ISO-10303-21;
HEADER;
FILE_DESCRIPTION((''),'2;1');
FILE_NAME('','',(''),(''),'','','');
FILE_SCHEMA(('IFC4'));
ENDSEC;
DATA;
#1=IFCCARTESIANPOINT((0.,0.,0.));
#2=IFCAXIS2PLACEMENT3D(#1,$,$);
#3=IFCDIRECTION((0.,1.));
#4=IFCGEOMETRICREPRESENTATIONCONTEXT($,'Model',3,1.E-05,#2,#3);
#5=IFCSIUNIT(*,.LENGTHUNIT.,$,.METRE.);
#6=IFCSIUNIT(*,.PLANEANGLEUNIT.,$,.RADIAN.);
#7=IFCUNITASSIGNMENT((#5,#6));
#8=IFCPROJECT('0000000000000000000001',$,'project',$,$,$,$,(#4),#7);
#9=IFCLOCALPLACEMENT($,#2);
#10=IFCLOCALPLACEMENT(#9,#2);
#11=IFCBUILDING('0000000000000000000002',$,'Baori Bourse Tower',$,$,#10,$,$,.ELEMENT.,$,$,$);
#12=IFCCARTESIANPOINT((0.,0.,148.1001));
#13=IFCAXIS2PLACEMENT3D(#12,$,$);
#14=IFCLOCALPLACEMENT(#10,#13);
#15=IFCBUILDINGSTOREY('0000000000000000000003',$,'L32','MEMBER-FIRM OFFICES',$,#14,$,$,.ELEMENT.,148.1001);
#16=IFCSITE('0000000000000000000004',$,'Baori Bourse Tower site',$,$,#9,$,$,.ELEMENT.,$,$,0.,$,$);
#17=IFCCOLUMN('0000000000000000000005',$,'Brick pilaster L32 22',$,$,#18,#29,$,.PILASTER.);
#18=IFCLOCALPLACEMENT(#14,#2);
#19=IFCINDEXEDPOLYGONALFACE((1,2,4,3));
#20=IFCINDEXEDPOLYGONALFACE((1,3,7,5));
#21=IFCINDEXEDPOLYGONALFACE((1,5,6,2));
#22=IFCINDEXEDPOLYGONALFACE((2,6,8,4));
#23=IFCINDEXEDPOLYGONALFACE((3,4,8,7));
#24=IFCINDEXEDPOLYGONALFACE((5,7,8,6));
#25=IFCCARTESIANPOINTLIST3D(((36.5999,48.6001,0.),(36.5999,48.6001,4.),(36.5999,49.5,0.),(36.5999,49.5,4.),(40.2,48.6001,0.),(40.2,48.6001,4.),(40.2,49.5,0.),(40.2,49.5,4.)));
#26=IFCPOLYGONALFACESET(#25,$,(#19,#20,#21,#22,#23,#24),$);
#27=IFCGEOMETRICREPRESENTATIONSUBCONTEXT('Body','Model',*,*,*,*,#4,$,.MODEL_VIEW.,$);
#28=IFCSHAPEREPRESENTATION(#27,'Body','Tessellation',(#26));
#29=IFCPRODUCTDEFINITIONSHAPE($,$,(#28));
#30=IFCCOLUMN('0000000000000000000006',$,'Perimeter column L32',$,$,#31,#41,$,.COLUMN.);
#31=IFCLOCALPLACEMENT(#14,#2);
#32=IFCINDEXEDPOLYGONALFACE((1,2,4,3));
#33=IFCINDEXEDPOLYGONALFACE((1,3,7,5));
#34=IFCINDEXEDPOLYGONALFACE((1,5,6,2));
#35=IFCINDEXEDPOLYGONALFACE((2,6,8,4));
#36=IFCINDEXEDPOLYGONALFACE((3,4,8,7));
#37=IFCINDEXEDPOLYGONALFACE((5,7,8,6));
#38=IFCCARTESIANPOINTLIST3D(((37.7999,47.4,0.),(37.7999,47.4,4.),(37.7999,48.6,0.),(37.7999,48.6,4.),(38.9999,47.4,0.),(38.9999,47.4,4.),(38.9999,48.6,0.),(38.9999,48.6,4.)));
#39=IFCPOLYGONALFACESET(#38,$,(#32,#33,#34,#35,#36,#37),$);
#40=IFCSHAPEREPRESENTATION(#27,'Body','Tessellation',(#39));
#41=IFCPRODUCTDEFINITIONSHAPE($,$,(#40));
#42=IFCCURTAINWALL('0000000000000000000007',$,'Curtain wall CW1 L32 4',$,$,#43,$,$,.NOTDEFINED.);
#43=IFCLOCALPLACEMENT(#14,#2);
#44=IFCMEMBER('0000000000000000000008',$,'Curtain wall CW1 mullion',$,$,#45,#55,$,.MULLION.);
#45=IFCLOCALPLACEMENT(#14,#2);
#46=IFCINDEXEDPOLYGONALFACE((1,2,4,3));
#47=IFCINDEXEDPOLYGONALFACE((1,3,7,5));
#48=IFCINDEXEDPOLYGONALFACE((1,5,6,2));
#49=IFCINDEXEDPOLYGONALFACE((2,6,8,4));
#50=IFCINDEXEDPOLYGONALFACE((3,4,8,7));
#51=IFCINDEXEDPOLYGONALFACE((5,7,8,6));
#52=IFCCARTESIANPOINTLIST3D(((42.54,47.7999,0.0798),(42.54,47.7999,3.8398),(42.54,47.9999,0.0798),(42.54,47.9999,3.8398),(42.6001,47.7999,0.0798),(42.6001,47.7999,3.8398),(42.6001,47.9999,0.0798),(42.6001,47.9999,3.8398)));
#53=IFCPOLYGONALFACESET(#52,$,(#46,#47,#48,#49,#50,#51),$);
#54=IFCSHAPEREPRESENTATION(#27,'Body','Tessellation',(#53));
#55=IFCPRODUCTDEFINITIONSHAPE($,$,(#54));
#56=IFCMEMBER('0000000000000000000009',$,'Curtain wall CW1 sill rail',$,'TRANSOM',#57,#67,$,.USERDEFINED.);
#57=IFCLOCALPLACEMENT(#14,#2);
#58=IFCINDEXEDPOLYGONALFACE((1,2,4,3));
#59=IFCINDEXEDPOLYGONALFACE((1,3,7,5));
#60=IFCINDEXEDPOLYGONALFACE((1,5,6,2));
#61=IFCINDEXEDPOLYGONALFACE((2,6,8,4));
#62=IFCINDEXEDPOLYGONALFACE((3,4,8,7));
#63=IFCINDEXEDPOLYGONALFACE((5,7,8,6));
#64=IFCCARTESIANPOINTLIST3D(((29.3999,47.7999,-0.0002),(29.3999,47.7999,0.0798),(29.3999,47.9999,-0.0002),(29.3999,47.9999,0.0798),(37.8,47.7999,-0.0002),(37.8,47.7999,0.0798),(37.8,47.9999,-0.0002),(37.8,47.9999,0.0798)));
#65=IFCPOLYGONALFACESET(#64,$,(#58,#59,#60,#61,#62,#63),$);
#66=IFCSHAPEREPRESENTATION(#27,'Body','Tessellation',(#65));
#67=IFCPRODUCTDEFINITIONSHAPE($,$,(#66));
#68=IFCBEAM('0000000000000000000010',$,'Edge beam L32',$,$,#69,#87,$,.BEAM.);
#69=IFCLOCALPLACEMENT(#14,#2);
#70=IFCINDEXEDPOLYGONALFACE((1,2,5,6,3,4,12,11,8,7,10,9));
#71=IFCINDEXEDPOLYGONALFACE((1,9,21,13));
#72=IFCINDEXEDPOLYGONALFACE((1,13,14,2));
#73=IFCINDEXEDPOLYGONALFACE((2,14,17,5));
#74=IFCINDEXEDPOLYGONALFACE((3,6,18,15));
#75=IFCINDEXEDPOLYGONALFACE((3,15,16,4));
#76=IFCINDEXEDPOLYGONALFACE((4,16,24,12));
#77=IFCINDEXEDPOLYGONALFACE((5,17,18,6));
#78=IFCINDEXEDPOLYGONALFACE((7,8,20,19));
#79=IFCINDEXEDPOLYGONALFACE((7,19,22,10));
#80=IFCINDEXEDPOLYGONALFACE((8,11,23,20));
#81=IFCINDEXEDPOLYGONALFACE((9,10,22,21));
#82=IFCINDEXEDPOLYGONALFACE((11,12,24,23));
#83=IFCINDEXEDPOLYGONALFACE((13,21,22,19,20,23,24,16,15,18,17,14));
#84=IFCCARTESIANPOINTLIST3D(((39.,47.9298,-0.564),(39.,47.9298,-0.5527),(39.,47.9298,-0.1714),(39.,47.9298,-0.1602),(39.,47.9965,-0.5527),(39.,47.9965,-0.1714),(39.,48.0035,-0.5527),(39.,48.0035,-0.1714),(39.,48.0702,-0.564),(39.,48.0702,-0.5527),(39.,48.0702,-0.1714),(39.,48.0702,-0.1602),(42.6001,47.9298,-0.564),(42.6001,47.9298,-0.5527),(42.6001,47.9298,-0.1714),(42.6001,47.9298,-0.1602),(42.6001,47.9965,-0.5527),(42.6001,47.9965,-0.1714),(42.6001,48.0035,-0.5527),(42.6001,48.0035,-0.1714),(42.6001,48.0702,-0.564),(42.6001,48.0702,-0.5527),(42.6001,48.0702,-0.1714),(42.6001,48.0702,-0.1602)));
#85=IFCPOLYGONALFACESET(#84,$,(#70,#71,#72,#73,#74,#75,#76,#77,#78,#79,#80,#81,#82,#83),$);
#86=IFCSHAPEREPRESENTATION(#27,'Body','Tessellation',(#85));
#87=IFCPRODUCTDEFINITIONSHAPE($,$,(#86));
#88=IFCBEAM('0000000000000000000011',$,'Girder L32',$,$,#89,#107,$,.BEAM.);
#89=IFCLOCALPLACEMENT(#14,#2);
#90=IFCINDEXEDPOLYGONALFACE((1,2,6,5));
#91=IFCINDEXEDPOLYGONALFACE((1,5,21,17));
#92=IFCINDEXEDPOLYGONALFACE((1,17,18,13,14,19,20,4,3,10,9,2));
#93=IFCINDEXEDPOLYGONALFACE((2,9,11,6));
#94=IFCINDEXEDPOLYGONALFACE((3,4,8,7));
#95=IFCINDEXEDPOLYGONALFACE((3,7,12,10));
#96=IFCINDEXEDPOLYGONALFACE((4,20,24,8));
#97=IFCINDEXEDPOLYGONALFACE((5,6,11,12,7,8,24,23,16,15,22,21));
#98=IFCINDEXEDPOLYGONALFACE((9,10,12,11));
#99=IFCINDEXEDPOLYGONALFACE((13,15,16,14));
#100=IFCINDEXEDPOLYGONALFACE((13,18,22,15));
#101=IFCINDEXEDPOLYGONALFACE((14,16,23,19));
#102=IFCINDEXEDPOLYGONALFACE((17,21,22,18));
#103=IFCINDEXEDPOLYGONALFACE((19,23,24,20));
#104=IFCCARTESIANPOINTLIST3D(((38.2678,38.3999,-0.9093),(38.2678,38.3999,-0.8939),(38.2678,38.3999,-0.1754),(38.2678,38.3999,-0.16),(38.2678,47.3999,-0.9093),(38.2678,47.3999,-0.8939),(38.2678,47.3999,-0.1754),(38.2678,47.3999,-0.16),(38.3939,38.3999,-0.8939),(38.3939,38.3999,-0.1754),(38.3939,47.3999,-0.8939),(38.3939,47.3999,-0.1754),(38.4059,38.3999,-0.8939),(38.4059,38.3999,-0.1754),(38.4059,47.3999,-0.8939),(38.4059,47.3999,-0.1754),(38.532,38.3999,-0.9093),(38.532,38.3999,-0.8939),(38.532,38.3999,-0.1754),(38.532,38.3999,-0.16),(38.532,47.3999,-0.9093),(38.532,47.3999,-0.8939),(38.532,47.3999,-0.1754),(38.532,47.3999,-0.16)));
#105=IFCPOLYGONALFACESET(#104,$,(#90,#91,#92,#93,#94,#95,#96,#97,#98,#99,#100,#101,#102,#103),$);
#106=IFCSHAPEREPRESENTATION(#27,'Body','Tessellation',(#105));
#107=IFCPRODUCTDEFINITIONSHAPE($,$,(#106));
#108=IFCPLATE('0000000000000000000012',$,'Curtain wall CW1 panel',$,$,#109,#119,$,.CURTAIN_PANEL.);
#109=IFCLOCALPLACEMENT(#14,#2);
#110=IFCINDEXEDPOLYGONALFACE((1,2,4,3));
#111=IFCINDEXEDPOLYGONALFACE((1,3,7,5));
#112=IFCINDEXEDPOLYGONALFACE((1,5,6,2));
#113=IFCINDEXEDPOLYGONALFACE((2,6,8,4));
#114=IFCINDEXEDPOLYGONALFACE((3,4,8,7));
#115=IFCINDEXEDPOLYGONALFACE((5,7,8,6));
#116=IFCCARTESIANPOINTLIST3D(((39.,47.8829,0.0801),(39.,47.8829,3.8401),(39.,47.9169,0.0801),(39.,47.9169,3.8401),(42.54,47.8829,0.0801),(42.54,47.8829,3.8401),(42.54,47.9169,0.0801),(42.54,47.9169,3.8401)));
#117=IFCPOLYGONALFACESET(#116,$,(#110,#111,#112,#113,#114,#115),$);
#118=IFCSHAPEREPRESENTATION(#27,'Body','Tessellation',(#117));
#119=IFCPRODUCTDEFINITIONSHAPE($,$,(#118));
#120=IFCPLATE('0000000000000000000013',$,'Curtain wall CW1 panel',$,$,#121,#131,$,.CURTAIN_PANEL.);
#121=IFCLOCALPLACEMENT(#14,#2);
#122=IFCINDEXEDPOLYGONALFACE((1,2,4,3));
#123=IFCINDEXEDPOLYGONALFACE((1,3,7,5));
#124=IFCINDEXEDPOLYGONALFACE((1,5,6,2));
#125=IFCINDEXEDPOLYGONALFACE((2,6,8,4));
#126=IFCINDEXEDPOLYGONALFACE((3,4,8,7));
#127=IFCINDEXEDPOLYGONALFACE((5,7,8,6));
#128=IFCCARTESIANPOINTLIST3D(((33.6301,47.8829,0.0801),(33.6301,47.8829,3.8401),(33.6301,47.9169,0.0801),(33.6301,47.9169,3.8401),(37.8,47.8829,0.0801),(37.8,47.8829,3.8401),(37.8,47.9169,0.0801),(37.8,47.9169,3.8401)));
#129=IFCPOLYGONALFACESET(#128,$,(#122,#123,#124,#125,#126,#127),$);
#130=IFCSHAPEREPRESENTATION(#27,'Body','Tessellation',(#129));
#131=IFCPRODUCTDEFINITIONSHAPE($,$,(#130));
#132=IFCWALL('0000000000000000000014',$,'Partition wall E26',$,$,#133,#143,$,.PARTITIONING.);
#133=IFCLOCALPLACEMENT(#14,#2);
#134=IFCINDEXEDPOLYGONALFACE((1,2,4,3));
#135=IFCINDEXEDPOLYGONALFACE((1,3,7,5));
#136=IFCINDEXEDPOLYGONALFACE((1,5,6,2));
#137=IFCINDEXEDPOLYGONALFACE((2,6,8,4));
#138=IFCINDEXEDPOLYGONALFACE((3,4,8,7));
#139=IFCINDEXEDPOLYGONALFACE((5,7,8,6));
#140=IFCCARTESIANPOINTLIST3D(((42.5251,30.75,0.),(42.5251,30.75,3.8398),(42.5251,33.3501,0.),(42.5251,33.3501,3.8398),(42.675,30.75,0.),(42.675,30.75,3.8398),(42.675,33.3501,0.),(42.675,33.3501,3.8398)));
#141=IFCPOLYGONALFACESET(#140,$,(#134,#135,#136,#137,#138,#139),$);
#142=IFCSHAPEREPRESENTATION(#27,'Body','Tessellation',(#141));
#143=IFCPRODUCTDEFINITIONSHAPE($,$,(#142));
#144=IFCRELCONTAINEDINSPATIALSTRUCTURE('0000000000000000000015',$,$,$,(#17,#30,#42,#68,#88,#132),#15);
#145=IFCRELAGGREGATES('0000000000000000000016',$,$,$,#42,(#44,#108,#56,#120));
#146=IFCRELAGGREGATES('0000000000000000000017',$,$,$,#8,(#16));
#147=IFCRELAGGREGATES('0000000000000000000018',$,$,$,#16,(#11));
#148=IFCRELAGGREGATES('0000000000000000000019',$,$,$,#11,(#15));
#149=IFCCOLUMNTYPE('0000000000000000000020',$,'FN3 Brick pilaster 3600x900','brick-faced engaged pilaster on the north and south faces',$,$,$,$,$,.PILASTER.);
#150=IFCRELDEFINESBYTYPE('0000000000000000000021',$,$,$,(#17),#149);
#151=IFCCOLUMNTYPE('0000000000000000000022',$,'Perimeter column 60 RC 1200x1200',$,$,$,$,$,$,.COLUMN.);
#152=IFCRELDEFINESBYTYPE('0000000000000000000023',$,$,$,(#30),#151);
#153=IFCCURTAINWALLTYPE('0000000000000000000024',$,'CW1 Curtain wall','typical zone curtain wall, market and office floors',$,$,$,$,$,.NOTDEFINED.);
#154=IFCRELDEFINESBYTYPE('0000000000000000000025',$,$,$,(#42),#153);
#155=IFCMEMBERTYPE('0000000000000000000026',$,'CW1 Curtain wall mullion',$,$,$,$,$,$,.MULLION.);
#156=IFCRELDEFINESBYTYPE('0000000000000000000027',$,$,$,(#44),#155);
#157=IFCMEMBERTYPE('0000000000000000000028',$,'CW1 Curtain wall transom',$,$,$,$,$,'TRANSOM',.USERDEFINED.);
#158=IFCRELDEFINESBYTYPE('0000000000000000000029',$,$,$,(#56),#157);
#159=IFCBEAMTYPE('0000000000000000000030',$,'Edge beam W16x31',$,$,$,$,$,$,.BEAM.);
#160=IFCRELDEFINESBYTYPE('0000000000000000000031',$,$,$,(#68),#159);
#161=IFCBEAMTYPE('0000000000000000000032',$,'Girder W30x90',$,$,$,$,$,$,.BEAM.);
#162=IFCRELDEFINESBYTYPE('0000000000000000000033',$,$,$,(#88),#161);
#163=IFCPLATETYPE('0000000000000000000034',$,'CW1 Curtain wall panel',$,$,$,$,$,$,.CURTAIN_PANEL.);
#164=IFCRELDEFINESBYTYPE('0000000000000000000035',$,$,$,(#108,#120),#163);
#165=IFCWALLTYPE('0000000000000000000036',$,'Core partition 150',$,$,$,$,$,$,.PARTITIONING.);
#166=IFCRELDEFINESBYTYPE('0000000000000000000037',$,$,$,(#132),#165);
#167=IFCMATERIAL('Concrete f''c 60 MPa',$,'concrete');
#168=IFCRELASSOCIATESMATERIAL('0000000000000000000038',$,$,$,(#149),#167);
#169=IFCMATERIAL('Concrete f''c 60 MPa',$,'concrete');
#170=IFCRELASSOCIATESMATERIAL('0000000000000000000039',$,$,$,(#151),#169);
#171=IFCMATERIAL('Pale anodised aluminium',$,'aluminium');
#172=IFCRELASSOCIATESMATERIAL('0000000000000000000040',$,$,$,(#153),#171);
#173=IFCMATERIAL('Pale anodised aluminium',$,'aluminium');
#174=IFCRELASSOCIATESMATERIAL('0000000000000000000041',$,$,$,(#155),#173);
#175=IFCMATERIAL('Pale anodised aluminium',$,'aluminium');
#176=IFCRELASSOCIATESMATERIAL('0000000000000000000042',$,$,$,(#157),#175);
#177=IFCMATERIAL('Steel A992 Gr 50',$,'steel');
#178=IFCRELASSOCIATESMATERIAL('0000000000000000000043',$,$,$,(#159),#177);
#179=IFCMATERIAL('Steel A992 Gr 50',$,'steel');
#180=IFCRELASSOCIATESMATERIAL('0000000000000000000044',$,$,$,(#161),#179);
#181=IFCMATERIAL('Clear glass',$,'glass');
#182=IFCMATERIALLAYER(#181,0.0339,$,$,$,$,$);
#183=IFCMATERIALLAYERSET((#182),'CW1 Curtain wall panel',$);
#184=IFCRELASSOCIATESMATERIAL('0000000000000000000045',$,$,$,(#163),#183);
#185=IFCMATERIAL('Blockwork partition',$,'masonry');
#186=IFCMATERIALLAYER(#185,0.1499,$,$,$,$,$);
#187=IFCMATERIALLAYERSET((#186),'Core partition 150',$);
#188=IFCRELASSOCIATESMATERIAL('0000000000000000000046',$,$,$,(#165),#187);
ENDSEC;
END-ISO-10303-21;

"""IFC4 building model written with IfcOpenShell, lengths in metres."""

from ifc_helpers import new_model, si_unit, direction, frame, frame_2d, origin, origin_2d, place, context, subcontext, project, spatial, rectangle, i_section, extrude, material, layer, layer_set, material_profile, profile_set, type_object, element, aggregate, save


model = new_model("IFC4")

# Units and contexts
model_context = context("Model", 3, precision=1e-05, world=origin(), true_north=direction((0.0, 1.0)))
body_context = subcontext(model_context, "Body", "Model", "MODEL_VIEW")
ifc_project = project(units=[si_unit("LENGTHUNIT", "METRE"), si_unit("PLANEANGLEUNIT", "RADIAN")], contexts=[model_context])

# Site, building, storey
site_placement = place(None, origin())
site = spatial("IfcSite", under=ifc_project, at=site_placement, Name="Baori Bourse Tower site", CompositionType="ELEMENT", RefElevation=0.0)
building_placement = place(site_placement, origin())
building = spatial("IfcBuilding", under=site, at=building_placement, Name="Baori Bourse Tower", CompositionType="ELEMENT")
storey_placement = place(building_placement, frame((0.0, 0.0, 148.1001)))
storey = spatial("IfcBuildingStorey", under=building, at=storey_placement, Name="L32", Description="MEMBER-FIRM OFFICES", CompositionType="ELEMENT", Elevation=148.1001)

# Columns
ifc_material_1 = material(Name="Concrete f'c 60 MPa", Category="concrete")
ifc_material_profile_1 = material_profile(ifc_material_1, rectangle(XDim=3.6001, YDim=0.8999, at=origin_2d()), Name="RC 3600x900")
ifc_profile_set_1 = profile_set([ifc_material_profile_1], Name="Concrete f'c 60 MPa")
column_type_1 = type_object("IfcColumnType", Name="FN3 Brick pilaster 3600x900", Description="brick-faced engaged pilaster on the north and south faces", PredefinedType="PILASTER", material=ifc_profile_set_1)
column_1_placement = place(storey_placement, frame((38.3999, 49.05, 0.0), z_axis=(0.0, 0.0, 1.0), x_axis=(1.0, 0.0, 0.0)))
element("IfcColumn", 1, at=column_1_placement, inside=storey, type_object=column_type_1, Name="Brick pilaster L32 22", PredefinedType="PILASTER", context=body_context, shape_type="SweptSolid", body=[
    extrude(rectangle(XDim=3.6001, YDim=0.8999, at=origin_2d()), origin(), (0.0, 0.0, 1.0), 4.0),
])
ifc_material_2 = material(Name="Concrete f'c 60 MPa", Category="concrete")
ifc_material_profile_2 = material_profile(ifc_material_2, rectangle(XDim=1.2, YDim=1.2, at=origin_2d()), Name="RC 1200x1200")
ifc_profile_set_2 = profile_set([ifc_material_profile_2], Name="Concrete f'c 60 MPa")
column_type_2 = type_object("IfcColumnType", Name="Perimeter column 60 RC 1200x1200", PredefinedType="COLUMN", material=ifc_profile_set_2)
column_2_placement = place(storey_placement, frame((38.3999, 48.0, 0.0), z_axis=(0.0, 0.0, 1.0), x_axis=(1.0, 0.0, 0.0)))
element("IfcColumn", 2, at=column_2_placement, inside=storey, type_object=column_type_2, Name="Perimeter column L32", PredefinedType="COLUMN", context=body_context, shape_type="SweptSolid", body=[
    extrude(rectangle(XDim=1.2, YDim=1.2, at=origin_2d()), origin(), (0.0, 0.0, 1.0), 4.0),
])

# Curtain wall, members
ifc_material_3 = material(Name="Pale anodised aluminium", Category="aluminium")
curtain_wall_type = type_object("IfcCurtainWallType", Name="CW1 Curtain wall", Description="typical zone curtain wall, market and office floors", PredefinedType="NOTDEFINED", material=ifc_material_3)
curtain_wall_placement = place(storey_placement, origin())
curtain_wall = element("IfcCurtainWall", 3, at=curtain_wall_placement, inside=storey, type_object=curtain_wall_type, Name="Curtain wall CW1 L32 4", PredefinedType="NOTDEFINED")
ifc_material_4 = material(Name="Pale anodised aluminium", Category="aluminium")
ifc_material_profile_3 = material_profile(ifc_material_4, rectangle(XDim=0.2, YDim=0.0601, at=origin_2d()), Name="Mullion 60x200")
ifc_profile_set_3 = profile_set([ifc_material_profile_3], Name="Pale anodised aluminium")
member_type_1 = type_object("IfcMemberType", Name="CW1 Curtain wall mullion", PredefinedType="MULLION", material=ifc_profile_set_3)
member_1_placement = place(storey_placement, frame((42.5701, 47.8999, 0.0798), z_axis=(0.0, 0.0, 1.0), x_axis=(0.0, -1.0, 0.0)))
member_1 = element("IfcMember", 4, at=member_1_placement, type_object=member_type_1, Name="Curtain wall CW1 mullion", PredefinedType="MULLION", context=body_context, shape_type="SweptSolid", body=[
    extrude(rectangle(XDim=0.2, YDim=0.0601, at=origin_2d()), origin(), (0.0, 0.0, 1.0), 3.76),
])
ifc_material_5 = material(Name="Pale anodised aluminium", Category="aluminium")
ifc_material_profile_4 = material_profile(ifc_material_5, rectangle(XDim=0.2, YDim=0.0801, at=origin_2d()), Name="Transom 80x200")
ifc_profile_set_4 = profile_set([ifc_material_profile_4], Name="Pale anodised aluminium")
member_type_2 = type_object("IfcMemberType", Name="CW1 Curtain wall transom", ElementType="TRANSOM", PredefinedType="USERDEFINED", material=ifc_profile_set_4)
member_2_placement = place(storey_placement, frame((37.8, 47.8999, 0.0398), z_axis=(-1.0, 0.0, 0.0), x_axis=(0.0, -1.0, 0.0)))
member_2 = element("IfcMember", 5, at=member_2_placement, type_object=member_type_2, Name="Curtain wall CW1 sill rail", ObjectType="TRANSOM", PredefinedType="USERDEFINED", context=body_context, shape_type="SweptSolid", body=[
    extrude(rectangle(XDim=0.2, YDim=0.0801, at=origin_2d()), origin(), (0.0, 0.0, 1.0), 8.4001),
])

# Beams
ifc_material_6 = material(Name="Steel A992 Gr 50", Category="steel")
ifc_material_profile_5 = material_profile(ifc_material_6, i_section(OverallWidth=0.1404, OverallDepth=0.4038, WebThickness=0.0071, FlangeThickness=0.0112, at=origin_2d()), Name="W16x31")
ifc_profile_set_5 = profile_set([ifc_material_profile_5], Name="Steel A992 Gr 50")
beam_type_1 = type_object("IfcBeamType", Name="Edge beam W16x31", PredefinedType="BEAM", material=ifc_profile_set_5)
beam_1_placement = place(storey_placement, frame((39.0, 48.0, -0.3621), z_axis=(1.0, 0.0, 0.0), x_axis=(0.0, 1.0, 0.0)))
element("IfcBeam", 6, at=beam_1_placement, inside=storey, type_object=beam_type_1, Name="Edge beam L32", PredefinedType="BEAM", context=body_context, shape_type="SweptSolid", body=[
    extrude(i_section(OverallWidth=0.1404, OverallDepth=0.4038, WebThickness=0.0071, FlangeThickness=0.0112, at=origin_2d()), origin(), (0.0, 0.0, 1.0), 3.6001),
])
ifc_material_7 = material(Name="Steel A992 Gr 50", Category="steel")
ifc_material_profile_6 = material_profile(ifc_material_7, i_section(OverallWidth=0.2642, OverallDepth=0.7493, WebThickness=0.012, FlangeThickness=0.0154, at=origin_2d()), Name="W30x90")
ifc_profile_set_6 = profile_set([ifc_material_profile_6], Name="Steel A992 Gr 50")
beam_type_2 = type_object("IfcBeamType", Name="Girder W30x90", PredefinedType="BEAM", material=ifc_profile_set_6)
beam_2_placement = place(storey_placement, frame((38.3999, 38.3999, -0.5347), z_axis=(0.0, 1.0, 0.0), x_axis=(-1.0, 0.0, 0.0)))
element("IfcBeam", 7, at=beam_2_placement, inside=storey, type_object=beam_type_2, Name="Girder L32", PredefinedType="BEAM", context=body_context, shape_type="SweptSolid", body=[
    extrude(i_section(OverallWidth=0.2642, OverallDepth=0.7493, WebThickness=0.012, FlangeThickness=0.0154, at=origin_2d()), origin(), (0.0, 0.0, 1.0), 9.0),
])

# Plates
ifc_material_8 = material(Name="Clear glass", Category="glass")
ifc_layer_1 = layer(ifc_material_8, 0.0339)
ifc_layer_set_1 = layer_set([ifc_layer_1], Name="CW1 Curtain wall panel")
plate_type = type_object("IfcPlateType", Name="CW1 Curtain wall panel", PredefinedType="CURTAIN_PANEL", material=ifc_layer_set_1)
plate_1_placement = place(storey_placement, frame((40.77, 47.8999, 0.0801), z_axis=(0.0, 0.0, 1.0), x_axis=(-1.0, 0.0, 0.0)))
plate_1 = element("IfcPlate", 8, at=plate_1_placement, type_object=plate_type, Name="Curtain wall CW1 panel", PredefinedType="CURTAIN_PANEL", context=body_context, shape_type="SweptSolid", body=[
    extrude(rectangle(XDim=3.54, YDim=0.0339, at=origin_2d()), origin(), (0.0, 0.0, 1.0), 3.76),
])
plate_2_placement = place(storey_placement, frame((35.7151, 47.8999, 0.0801), z_axis=(0.0, 0.0, 1.0), x_axis=(-1.0, 0.0, 0.0)))
plate_2 = element("IfcPlate", 9, at=plate_2_placement, type_object=plate_type, Name="Curtain wall CW1 panel", PredefinedType="CURTAIN_PANEL", context=body_context, shape_type="SweptSolid", body=[
    extrude(rectangle(XDim=4.1699, YDim=0.0339, at=origin_2d()), origin(), (0.0, 0.0, 1.0), 3.76),
])
aggregate(curtain_wall, [member_1, plate_1, member_2, plate_2])

# Wall
ifc_material_9 = material(Name="Blockwork partition", Category="masonry")
ifc_layer_2 = layer(ifc_material_9, 0.1499)
ifc_layer_set_2 = layer_set([ifc_layer_2], Name="Core partition 150")
wall_type_1 = type_object("IfcWallType", Name="Core partition 150", PredefinedType="PARTITIONING", material=ifc_layer_set_2)
wall_1_placement = place(storey_placement, frame((42.6001, 30.75, 0.0), z_axis=(0.0, 0.0, 1.0), x_axis=(0.0, 1.0, 0.0)))
element("IfcWall", 10, at=wall_1_placement, inside=storey, type_object=wall_type_1, Name="Partition wall E26", PredefinedType="PARTITIONING", context=body_context, shape_type="SweptSolid", body=[
    extrude(rectangle(XDim=2.6001, YDim=0.1499, at=frame_2d((1.3, 0.0))), origin(), (0.0, 0.0, 1.0), 3.8398),
])

save(model, "model.ifc")
